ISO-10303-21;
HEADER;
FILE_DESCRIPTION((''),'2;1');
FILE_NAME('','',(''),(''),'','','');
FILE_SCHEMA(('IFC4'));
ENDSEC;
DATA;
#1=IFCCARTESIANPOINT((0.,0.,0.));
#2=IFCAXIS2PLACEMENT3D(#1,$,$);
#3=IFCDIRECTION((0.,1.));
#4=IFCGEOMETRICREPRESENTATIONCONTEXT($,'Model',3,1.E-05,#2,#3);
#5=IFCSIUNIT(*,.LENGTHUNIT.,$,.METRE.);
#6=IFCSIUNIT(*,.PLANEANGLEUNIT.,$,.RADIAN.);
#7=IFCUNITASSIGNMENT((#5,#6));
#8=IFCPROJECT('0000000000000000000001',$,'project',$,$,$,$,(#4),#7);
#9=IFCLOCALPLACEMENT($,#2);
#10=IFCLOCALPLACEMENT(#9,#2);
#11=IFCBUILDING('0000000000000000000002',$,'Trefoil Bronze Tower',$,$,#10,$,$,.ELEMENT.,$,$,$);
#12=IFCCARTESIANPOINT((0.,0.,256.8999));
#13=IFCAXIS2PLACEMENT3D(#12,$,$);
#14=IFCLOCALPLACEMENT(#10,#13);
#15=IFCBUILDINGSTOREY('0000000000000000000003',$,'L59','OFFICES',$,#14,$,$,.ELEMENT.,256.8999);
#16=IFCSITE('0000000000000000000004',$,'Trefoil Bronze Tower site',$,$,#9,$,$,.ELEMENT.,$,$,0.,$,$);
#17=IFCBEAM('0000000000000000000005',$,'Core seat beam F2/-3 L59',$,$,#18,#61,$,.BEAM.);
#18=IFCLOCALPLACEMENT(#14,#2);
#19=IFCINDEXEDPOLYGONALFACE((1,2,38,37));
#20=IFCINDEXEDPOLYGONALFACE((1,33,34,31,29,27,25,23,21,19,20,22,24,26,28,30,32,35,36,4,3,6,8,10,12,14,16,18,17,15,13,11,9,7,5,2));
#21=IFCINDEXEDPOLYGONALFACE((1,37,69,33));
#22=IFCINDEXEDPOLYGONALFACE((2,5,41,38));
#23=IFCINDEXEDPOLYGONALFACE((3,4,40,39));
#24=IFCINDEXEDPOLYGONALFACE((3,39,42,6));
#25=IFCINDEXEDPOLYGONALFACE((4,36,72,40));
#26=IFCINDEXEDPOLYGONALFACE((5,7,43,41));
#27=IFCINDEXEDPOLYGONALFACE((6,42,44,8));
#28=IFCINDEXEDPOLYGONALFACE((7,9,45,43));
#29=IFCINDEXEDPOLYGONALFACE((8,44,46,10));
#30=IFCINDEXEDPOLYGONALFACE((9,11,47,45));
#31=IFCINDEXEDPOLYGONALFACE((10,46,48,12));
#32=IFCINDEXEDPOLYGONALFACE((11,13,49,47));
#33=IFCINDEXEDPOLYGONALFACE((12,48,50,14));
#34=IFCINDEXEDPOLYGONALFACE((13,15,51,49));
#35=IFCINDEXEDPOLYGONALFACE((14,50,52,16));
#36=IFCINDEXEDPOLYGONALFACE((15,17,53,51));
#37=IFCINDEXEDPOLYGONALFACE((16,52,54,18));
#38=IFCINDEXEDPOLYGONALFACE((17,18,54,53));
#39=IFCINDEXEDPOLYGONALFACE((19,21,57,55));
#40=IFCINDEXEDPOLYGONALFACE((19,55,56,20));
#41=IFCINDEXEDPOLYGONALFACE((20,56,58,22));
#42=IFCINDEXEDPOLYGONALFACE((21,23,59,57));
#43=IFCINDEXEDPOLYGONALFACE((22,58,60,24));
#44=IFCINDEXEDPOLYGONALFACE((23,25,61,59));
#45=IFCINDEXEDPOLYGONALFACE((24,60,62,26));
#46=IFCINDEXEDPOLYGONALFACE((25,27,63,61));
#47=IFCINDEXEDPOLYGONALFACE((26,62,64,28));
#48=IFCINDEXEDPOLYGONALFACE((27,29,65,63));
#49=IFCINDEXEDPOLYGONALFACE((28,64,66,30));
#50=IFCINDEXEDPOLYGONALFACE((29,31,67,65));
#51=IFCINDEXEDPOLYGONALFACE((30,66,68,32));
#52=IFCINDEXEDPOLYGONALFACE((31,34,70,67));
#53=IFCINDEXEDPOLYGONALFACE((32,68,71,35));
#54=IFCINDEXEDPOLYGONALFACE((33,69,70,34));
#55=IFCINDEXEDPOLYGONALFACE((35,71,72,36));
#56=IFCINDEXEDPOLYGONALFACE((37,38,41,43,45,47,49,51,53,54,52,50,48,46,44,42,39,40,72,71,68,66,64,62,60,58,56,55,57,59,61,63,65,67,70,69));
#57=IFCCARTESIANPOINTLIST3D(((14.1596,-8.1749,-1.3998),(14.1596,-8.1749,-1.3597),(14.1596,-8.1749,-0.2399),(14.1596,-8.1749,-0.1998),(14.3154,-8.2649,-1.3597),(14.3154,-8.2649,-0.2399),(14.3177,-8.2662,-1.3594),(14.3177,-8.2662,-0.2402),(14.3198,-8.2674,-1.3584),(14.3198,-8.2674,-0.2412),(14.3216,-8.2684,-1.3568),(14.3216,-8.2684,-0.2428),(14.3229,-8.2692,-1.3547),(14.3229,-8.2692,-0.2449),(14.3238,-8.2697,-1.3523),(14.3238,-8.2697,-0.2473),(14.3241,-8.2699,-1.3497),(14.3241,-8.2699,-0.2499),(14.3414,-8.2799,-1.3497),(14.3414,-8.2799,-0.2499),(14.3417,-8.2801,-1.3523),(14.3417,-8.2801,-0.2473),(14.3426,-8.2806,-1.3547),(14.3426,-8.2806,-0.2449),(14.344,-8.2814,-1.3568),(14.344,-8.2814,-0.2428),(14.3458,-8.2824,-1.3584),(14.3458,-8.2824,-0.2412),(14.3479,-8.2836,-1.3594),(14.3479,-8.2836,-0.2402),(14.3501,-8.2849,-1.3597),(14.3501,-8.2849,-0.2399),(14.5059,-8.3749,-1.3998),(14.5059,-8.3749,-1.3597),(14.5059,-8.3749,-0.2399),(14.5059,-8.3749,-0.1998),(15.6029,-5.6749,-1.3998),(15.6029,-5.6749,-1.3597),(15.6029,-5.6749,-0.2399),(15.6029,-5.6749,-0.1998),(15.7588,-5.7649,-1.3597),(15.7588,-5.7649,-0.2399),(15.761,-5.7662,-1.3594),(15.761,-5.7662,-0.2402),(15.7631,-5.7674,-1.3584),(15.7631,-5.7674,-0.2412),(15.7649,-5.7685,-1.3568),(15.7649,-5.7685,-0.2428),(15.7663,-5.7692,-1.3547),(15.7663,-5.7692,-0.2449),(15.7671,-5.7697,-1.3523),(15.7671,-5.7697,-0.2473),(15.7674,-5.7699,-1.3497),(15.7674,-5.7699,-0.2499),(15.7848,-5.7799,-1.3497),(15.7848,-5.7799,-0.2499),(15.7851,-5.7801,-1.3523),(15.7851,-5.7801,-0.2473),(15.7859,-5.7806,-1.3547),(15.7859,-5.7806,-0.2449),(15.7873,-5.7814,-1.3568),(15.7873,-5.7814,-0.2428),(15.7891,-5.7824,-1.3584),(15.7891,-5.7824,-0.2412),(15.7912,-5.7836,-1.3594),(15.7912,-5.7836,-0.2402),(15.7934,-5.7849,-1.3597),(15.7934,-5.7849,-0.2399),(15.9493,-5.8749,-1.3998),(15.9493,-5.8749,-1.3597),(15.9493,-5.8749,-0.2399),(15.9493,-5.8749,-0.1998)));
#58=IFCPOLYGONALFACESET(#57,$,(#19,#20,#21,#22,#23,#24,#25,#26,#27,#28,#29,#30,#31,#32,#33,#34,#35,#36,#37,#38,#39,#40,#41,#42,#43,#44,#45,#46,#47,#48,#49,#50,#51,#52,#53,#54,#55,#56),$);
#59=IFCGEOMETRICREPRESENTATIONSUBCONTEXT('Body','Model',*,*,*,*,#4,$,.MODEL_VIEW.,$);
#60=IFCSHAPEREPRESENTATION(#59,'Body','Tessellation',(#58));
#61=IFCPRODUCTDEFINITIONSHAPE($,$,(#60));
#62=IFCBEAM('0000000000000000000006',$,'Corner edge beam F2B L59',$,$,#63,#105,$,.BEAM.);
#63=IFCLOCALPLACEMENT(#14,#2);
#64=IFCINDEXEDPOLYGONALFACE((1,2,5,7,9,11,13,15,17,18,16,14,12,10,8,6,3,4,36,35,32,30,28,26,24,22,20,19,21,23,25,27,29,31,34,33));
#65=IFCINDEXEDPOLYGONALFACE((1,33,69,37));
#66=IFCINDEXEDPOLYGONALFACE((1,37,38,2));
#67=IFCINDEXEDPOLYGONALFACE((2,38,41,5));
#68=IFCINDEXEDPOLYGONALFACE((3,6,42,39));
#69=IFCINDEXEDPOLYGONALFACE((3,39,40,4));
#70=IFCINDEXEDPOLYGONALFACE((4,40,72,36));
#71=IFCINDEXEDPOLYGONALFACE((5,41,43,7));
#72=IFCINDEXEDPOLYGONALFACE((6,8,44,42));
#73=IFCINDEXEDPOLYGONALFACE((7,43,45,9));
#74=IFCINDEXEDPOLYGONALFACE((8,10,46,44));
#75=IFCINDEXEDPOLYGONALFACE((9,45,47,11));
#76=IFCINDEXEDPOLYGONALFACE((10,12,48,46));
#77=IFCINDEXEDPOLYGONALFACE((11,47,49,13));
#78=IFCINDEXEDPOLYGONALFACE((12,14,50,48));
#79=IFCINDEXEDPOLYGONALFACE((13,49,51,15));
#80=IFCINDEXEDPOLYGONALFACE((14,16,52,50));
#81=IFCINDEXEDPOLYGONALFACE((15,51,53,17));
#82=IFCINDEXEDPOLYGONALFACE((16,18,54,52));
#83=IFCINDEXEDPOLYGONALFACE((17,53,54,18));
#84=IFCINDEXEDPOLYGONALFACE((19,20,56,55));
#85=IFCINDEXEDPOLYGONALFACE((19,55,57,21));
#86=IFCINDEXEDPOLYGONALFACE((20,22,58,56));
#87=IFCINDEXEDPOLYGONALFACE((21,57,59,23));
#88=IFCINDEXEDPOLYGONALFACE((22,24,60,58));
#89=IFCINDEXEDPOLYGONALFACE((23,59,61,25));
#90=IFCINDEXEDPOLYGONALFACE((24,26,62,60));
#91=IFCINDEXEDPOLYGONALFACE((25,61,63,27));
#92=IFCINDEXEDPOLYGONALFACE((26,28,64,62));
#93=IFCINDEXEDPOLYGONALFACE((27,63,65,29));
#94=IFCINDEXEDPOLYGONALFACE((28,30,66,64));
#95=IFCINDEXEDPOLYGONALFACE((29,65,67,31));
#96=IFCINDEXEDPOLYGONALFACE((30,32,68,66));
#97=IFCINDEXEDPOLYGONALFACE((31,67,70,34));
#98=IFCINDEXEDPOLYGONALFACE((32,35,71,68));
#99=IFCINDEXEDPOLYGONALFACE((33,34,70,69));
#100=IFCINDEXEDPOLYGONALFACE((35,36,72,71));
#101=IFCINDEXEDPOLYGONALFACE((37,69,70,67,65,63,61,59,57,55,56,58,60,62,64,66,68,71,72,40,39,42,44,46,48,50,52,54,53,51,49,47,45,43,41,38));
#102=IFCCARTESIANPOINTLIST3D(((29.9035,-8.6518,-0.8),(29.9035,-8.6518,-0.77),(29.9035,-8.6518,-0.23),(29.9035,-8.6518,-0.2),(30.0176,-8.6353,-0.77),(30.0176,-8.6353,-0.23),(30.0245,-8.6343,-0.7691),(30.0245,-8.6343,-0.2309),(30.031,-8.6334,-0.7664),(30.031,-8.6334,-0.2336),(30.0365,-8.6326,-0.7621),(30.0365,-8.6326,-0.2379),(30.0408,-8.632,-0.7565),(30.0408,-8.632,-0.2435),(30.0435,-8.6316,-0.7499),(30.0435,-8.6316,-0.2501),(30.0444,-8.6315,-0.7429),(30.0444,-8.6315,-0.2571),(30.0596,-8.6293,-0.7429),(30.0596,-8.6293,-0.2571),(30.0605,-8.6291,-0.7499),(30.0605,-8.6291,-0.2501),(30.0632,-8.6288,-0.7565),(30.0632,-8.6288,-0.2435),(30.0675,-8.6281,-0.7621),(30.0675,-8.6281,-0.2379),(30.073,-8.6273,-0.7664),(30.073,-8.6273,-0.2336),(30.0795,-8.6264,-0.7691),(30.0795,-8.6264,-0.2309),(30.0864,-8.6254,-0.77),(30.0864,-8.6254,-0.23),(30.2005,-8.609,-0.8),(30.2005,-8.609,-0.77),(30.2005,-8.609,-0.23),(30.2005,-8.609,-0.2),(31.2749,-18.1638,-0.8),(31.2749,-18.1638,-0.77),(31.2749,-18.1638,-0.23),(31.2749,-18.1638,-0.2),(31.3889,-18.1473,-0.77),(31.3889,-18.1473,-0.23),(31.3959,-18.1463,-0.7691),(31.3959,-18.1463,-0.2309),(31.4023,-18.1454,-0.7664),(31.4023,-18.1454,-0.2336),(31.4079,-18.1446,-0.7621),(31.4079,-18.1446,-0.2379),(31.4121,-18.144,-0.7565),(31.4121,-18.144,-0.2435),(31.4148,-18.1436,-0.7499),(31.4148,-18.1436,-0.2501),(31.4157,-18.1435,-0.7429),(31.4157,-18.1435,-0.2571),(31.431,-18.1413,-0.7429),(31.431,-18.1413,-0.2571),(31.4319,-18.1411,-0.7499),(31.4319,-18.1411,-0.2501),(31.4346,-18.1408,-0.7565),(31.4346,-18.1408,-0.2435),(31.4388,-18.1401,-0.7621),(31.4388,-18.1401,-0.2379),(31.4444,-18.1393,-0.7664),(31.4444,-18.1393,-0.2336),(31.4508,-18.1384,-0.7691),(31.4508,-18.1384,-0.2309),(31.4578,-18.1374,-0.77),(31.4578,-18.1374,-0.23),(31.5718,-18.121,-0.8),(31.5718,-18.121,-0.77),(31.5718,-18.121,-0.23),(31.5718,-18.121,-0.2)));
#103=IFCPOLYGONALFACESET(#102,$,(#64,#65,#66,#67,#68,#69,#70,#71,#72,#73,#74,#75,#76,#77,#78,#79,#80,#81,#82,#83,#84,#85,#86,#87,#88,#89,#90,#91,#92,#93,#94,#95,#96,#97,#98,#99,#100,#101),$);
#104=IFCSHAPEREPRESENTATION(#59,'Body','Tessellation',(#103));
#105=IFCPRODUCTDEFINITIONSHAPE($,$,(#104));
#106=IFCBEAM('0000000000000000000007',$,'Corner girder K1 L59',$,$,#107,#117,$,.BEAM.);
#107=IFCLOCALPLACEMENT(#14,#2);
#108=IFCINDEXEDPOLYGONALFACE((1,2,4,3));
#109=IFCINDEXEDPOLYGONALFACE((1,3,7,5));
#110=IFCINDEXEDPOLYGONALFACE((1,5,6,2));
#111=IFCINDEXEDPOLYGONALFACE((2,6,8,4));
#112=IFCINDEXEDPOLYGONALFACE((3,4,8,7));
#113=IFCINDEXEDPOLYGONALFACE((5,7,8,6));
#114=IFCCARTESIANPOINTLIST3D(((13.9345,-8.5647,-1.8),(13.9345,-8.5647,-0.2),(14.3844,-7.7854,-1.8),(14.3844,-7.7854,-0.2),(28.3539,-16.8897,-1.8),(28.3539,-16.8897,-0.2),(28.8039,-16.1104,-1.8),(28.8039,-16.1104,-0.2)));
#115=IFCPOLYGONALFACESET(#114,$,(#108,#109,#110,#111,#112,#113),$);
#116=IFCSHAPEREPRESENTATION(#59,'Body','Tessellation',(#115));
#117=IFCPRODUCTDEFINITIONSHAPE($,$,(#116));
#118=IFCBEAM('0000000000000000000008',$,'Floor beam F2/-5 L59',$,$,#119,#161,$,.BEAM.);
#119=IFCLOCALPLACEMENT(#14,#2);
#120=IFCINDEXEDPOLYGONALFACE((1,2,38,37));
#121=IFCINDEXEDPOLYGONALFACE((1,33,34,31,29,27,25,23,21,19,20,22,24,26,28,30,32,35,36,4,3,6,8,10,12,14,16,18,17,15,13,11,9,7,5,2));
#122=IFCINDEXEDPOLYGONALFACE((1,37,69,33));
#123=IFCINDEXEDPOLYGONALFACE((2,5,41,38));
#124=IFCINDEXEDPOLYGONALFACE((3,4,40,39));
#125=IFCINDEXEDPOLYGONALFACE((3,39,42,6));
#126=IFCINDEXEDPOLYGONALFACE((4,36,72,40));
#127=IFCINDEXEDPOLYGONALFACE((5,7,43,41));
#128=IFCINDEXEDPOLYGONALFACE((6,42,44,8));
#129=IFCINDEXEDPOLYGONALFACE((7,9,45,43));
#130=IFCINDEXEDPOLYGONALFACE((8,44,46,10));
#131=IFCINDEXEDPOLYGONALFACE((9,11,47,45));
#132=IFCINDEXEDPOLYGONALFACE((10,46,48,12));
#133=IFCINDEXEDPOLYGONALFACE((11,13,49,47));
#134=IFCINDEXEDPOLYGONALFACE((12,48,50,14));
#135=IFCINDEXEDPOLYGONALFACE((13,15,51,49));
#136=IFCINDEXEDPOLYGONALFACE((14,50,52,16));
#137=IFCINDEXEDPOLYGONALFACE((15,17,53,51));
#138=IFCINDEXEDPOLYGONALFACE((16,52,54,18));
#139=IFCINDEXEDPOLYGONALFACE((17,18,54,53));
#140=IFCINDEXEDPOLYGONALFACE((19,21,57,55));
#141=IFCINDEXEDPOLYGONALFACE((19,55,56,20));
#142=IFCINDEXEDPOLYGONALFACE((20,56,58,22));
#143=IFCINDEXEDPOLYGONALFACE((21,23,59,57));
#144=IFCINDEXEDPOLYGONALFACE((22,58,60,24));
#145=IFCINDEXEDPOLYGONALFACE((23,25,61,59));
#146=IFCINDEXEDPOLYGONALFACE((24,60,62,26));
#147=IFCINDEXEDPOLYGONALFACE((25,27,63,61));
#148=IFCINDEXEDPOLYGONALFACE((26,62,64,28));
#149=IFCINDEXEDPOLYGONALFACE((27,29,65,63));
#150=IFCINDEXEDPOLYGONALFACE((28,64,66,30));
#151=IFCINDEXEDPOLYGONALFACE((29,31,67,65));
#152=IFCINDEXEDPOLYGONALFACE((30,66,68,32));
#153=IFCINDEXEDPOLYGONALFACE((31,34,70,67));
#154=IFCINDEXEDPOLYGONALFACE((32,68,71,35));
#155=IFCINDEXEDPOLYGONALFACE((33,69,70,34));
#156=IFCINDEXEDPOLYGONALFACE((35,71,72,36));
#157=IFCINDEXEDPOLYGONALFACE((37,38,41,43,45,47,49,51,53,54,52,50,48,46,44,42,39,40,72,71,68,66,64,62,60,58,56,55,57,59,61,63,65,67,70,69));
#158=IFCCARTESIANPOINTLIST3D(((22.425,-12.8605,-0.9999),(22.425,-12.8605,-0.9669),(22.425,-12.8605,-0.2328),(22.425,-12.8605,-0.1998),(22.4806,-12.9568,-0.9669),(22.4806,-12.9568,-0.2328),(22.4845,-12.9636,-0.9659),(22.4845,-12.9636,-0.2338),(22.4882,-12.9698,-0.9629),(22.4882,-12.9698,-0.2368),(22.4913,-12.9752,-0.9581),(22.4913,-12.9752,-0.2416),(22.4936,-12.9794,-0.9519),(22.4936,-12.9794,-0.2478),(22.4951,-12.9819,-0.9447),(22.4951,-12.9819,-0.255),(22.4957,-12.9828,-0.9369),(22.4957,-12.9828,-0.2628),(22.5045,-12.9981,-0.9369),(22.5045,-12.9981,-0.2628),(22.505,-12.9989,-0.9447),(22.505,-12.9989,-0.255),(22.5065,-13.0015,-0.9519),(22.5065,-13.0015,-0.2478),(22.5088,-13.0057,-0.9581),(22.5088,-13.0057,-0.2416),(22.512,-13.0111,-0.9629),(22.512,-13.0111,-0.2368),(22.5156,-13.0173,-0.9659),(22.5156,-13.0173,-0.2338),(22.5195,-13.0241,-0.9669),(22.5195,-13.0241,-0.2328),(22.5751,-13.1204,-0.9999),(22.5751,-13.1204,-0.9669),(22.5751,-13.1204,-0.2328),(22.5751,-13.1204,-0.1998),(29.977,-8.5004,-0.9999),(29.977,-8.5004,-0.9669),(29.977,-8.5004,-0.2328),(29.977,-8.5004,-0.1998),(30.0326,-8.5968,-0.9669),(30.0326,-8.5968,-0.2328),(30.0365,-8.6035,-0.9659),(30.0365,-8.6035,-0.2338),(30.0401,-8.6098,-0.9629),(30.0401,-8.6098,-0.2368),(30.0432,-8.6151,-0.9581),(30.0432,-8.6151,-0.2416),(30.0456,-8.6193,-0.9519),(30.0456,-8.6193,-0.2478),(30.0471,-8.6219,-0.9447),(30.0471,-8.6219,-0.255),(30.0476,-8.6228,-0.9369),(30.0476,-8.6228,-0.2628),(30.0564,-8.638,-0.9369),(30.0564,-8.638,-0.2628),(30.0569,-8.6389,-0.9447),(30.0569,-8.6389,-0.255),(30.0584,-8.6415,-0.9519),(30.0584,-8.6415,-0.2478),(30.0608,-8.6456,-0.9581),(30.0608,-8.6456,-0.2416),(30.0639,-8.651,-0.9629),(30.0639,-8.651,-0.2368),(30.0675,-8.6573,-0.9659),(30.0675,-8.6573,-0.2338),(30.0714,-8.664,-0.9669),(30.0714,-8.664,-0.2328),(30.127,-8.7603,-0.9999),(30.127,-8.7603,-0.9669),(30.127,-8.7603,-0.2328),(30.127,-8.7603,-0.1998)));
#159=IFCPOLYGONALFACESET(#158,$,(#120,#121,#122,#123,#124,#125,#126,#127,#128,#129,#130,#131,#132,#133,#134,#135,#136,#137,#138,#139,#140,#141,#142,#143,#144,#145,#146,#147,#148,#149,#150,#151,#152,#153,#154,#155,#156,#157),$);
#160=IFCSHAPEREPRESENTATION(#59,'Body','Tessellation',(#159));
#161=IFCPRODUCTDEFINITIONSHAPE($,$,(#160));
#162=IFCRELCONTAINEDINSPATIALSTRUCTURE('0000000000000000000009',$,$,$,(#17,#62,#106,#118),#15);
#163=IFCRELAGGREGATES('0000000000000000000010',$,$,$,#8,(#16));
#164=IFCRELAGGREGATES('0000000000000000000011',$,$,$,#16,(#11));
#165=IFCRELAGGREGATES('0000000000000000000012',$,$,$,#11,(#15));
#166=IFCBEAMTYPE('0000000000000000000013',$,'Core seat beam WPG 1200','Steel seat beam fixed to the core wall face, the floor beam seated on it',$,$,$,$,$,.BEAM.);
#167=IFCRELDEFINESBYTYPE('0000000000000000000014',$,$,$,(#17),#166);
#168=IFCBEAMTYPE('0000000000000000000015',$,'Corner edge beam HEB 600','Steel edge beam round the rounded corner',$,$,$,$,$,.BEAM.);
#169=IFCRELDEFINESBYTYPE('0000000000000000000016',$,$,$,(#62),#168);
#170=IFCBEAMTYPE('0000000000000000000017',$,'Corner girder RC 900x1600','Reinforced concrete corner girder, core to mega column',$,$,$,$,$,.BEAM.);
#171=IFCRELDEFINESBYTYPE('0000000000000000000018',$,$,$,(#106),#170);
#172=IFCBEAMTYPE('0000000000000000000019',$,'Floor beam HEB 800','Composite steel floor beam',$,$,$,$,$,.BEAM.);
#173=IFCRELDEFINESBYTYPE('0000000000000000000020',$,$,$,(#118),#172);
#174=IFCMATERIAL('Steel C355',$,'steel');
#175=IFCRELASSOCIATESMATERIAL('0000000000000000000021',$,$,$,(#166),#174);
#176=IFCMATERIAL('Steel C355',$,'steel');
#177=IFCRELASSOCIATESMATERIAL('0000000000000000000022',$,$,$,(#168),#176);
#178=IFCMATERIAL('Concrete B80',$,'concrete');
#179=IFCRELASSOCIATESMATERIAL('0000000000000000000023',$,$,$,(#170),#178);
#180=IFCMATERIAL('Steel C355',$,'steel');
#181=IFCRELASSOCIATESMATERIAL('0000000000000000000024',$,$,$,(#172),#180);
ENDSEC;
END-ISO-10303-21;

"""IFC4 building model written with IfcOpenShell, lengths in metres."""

from ifc_helpers import new_model, si_unit, direction, frame, origin, origin_2d, place, context, subcontext, project, spatial, rectangle, i_section, extrude, material, material_profile, profile_set, type_object, element, save


model = new_model("IFC4")

# Units and contexts
model_context = context("Model", 3, precision=1e-05, world=origin(), true_north=direction((0.0, 1.0)))
body_context = subcontext(model_context, "Body", "Model", "MODEL_VIEW")
ifc_project = project(units=[si_unit("LENGTHUNIT", "METRE"), si_unit("PLANEANGLEUNIT", "RADIAN")], contexts=[model_context])

# Site, building, storey
site_placement = place(None, origin())
site = spatial("IfcSite", under=ifc_project, at=site_placement, Name="Trefoil Bronze Tower site", CompositionType="ELEMENT", RefElevation=0.0)
building_placement = place(site_placement, origin())
building = spatial("IfcBuilding", under=site, at=building_placement, Name="Trefoil Bronze Tower", CompositionType="ELEMENT")
storey_placement = place(building_placement, frame((0.0, 0.0, 256.8999)))
storey = spatial("IfcBuildingStorey", under=building, at=storey_placement, Name="L59", Description="OFFICES", CompositionType="ELEMENT", Elevation=256.8999)

# Beams
ifc_material_1 = material(Name="Steel C355", Category="steel")
ifc_material_profile_1 = material_profile(ifc_material_1, i_section(OverallWidth=0.3999, OverallDepth=1.2, WebThickness=0.02, FlangeThickness=0.04, FilletRadius=0.01, at=origin_2d()), Name="WPG 1200")
ifc_profile_set_1 = profile_set([ifc_material_profile_1], Name="Steel C355")
beam_type_1 = type_object("IfcBeamType", Name="Core seat beam WPG 1200", Description="Steel seat beam fixed to the core wall face, the floor beam seated on it", PredefinedType="BEAM", material=ifc_profile_set_1)
beam_1_placement = place(storey_placement, frame((14.3328, -8.2749, -0.7998), z_axis=(0.499996, 0.866028, 0.0), x_axis=(-0.866028, 0.499996, 0.0)))
element("IfcBeam", 1, at=beam_1_placement, inside=storey, type_object=beam_type_1, Name="Core seat beam F2/-3 L59", PredefinedType="BEAM", context=body_context, shape_type="SweptSolid", body=[
    extrude(i_section(OverallWidth=0.3999, OverallDepth=1.2, WebThickness=0.02, FlangeThickness=0.04, FilletRadius=0.01, at=origin_2d()), origin(), (0.0, 0.0, 1.0), 2.8867),
])
ifc_material_2 = material(Name="Steel C355", Category="steel")
ifc_material_profile_2 = material_profile(ifc_material_2, i_section(OverallWidth=0.3, OverallDepth=0.6001, WebThickness=0.0154, FlangeThickness=0.03, FilletRadius=0.0271, at=origin_2d()), Name="HEB 600")
ifc_profile_set_2 = profile_set([ifc_material_profile_2], Name="Steel C355")
beam_type_2 = type_object("IfcBeamType", Name="Corner edge beam HEB 600", Description="Steel edge beam round the rounded corner", PredefinedType="BEAM", material=ifc_profile_set_2)
beam_2_placement = place(storey_placement, frame((30.052, -8.6304, -0.5), z_axis=(0.142694, -0.989767, 0.0), x_axis=(0.989767, 0.142694, 0.0)))
element("IfcBeam", 2, at=beam_2_placement, inside=storey, type_object=beam_type_2, Name="Corner edge beam F2B L59", PredefinedType="BEAM", context=body_context, shape_type="SweptSolid", body=[
    extrude(i_section(OverallWidth=0.3, OverallDepth=0.6001, WebThickness=0.0154, FlangeThickness=0.03, FilletRadius=0.0271, at=origin_2d()), origin(), (0.0, 0.0, 1.0), 9.6104),
])
ifc_material_3 = material(Name="Concrete B80", Category="concrete")
ifc_material_profile_3 = material_profile(ifc_material_3, rectangle(XDim=0.8999, YDim=1.6001, at=origin_2d()), Name="RC 900x1600")
ifc_profile_set_3 = profile_set([ifc_material_profile_3], Name="Concrete B80")
beam_type_3 = type_object("IfcBeamType", Name="Corner girder RC 900x1600", Description="Reinforced concrete corner girder, core to mega column", PredefinedType="BEAM", material=ifc_profile_set_3)
beam_3_placement = place(storey_placement, frame((14.1594, -8.175, -1.0), z_axis=(0.866028, -0.499995, 0.0), x_axis=(0.499995, 0.866028, 0.0)))
element("IfcBeam", 3, at=beam_3_placement, inside=storey, type_object=beam_type_3, Name="Corner girder K1 L59", PredefinedType="BEAM", context=body_context, shape_type="SweptSolid", body=[
    extrude(rectangle(XDim=0.8999, YDim=1.6001, at=origin_2d()), origin(), (0.0, 0.0, 1.0), 16.6501),
])
ifc_material_4 = material(Name="Steel C355", Category="steel")
ifc_material_profile_4 = material_profile(ifc_material_4, i_section(OverallWidth=0.3, OverallDepth=0.8, WebThickness=0.0176, FlangeThickness=0.033, FilletRadius=0.03, at=origin_2d()), Name="HEB 800")
ifc_profile_set_4 = profile_set([ifc_material_profile_4], Name="Steel C355")
beam_type_4 = type_object("IfcBeamType", Name="Floor beam HEB 800", Description="Composite steel floor beam", PredefinedType="BEAM", material=ifc_profile_set_4)
beam_4_placement = place(storey_placement, frame((30.052, -8.6304, -0.5999), z_axis=(-0.866028, -0.499996, 0.0), x_axis=(0.499996, -0.866028, 0.0)))
element("IfcBeam", 4, at=beam_4_placement, inside=storey, type_object=beam_type_4, Name="Floor beam F2/-5 L59", PredefinedType="BEAM", context=body_context, shape_type="SweptSolid", body=[
    extrude(i_section(OverallWidth=0.3, OverallDepth=0.8, WebThickness=0.0176, FlangeThickness=0.033, FilletRadius=0.03, at=origin_2d()), origin(), (0.0, 0.0, 1.0), 8.7202),
])

save(model, "model.ifc")
